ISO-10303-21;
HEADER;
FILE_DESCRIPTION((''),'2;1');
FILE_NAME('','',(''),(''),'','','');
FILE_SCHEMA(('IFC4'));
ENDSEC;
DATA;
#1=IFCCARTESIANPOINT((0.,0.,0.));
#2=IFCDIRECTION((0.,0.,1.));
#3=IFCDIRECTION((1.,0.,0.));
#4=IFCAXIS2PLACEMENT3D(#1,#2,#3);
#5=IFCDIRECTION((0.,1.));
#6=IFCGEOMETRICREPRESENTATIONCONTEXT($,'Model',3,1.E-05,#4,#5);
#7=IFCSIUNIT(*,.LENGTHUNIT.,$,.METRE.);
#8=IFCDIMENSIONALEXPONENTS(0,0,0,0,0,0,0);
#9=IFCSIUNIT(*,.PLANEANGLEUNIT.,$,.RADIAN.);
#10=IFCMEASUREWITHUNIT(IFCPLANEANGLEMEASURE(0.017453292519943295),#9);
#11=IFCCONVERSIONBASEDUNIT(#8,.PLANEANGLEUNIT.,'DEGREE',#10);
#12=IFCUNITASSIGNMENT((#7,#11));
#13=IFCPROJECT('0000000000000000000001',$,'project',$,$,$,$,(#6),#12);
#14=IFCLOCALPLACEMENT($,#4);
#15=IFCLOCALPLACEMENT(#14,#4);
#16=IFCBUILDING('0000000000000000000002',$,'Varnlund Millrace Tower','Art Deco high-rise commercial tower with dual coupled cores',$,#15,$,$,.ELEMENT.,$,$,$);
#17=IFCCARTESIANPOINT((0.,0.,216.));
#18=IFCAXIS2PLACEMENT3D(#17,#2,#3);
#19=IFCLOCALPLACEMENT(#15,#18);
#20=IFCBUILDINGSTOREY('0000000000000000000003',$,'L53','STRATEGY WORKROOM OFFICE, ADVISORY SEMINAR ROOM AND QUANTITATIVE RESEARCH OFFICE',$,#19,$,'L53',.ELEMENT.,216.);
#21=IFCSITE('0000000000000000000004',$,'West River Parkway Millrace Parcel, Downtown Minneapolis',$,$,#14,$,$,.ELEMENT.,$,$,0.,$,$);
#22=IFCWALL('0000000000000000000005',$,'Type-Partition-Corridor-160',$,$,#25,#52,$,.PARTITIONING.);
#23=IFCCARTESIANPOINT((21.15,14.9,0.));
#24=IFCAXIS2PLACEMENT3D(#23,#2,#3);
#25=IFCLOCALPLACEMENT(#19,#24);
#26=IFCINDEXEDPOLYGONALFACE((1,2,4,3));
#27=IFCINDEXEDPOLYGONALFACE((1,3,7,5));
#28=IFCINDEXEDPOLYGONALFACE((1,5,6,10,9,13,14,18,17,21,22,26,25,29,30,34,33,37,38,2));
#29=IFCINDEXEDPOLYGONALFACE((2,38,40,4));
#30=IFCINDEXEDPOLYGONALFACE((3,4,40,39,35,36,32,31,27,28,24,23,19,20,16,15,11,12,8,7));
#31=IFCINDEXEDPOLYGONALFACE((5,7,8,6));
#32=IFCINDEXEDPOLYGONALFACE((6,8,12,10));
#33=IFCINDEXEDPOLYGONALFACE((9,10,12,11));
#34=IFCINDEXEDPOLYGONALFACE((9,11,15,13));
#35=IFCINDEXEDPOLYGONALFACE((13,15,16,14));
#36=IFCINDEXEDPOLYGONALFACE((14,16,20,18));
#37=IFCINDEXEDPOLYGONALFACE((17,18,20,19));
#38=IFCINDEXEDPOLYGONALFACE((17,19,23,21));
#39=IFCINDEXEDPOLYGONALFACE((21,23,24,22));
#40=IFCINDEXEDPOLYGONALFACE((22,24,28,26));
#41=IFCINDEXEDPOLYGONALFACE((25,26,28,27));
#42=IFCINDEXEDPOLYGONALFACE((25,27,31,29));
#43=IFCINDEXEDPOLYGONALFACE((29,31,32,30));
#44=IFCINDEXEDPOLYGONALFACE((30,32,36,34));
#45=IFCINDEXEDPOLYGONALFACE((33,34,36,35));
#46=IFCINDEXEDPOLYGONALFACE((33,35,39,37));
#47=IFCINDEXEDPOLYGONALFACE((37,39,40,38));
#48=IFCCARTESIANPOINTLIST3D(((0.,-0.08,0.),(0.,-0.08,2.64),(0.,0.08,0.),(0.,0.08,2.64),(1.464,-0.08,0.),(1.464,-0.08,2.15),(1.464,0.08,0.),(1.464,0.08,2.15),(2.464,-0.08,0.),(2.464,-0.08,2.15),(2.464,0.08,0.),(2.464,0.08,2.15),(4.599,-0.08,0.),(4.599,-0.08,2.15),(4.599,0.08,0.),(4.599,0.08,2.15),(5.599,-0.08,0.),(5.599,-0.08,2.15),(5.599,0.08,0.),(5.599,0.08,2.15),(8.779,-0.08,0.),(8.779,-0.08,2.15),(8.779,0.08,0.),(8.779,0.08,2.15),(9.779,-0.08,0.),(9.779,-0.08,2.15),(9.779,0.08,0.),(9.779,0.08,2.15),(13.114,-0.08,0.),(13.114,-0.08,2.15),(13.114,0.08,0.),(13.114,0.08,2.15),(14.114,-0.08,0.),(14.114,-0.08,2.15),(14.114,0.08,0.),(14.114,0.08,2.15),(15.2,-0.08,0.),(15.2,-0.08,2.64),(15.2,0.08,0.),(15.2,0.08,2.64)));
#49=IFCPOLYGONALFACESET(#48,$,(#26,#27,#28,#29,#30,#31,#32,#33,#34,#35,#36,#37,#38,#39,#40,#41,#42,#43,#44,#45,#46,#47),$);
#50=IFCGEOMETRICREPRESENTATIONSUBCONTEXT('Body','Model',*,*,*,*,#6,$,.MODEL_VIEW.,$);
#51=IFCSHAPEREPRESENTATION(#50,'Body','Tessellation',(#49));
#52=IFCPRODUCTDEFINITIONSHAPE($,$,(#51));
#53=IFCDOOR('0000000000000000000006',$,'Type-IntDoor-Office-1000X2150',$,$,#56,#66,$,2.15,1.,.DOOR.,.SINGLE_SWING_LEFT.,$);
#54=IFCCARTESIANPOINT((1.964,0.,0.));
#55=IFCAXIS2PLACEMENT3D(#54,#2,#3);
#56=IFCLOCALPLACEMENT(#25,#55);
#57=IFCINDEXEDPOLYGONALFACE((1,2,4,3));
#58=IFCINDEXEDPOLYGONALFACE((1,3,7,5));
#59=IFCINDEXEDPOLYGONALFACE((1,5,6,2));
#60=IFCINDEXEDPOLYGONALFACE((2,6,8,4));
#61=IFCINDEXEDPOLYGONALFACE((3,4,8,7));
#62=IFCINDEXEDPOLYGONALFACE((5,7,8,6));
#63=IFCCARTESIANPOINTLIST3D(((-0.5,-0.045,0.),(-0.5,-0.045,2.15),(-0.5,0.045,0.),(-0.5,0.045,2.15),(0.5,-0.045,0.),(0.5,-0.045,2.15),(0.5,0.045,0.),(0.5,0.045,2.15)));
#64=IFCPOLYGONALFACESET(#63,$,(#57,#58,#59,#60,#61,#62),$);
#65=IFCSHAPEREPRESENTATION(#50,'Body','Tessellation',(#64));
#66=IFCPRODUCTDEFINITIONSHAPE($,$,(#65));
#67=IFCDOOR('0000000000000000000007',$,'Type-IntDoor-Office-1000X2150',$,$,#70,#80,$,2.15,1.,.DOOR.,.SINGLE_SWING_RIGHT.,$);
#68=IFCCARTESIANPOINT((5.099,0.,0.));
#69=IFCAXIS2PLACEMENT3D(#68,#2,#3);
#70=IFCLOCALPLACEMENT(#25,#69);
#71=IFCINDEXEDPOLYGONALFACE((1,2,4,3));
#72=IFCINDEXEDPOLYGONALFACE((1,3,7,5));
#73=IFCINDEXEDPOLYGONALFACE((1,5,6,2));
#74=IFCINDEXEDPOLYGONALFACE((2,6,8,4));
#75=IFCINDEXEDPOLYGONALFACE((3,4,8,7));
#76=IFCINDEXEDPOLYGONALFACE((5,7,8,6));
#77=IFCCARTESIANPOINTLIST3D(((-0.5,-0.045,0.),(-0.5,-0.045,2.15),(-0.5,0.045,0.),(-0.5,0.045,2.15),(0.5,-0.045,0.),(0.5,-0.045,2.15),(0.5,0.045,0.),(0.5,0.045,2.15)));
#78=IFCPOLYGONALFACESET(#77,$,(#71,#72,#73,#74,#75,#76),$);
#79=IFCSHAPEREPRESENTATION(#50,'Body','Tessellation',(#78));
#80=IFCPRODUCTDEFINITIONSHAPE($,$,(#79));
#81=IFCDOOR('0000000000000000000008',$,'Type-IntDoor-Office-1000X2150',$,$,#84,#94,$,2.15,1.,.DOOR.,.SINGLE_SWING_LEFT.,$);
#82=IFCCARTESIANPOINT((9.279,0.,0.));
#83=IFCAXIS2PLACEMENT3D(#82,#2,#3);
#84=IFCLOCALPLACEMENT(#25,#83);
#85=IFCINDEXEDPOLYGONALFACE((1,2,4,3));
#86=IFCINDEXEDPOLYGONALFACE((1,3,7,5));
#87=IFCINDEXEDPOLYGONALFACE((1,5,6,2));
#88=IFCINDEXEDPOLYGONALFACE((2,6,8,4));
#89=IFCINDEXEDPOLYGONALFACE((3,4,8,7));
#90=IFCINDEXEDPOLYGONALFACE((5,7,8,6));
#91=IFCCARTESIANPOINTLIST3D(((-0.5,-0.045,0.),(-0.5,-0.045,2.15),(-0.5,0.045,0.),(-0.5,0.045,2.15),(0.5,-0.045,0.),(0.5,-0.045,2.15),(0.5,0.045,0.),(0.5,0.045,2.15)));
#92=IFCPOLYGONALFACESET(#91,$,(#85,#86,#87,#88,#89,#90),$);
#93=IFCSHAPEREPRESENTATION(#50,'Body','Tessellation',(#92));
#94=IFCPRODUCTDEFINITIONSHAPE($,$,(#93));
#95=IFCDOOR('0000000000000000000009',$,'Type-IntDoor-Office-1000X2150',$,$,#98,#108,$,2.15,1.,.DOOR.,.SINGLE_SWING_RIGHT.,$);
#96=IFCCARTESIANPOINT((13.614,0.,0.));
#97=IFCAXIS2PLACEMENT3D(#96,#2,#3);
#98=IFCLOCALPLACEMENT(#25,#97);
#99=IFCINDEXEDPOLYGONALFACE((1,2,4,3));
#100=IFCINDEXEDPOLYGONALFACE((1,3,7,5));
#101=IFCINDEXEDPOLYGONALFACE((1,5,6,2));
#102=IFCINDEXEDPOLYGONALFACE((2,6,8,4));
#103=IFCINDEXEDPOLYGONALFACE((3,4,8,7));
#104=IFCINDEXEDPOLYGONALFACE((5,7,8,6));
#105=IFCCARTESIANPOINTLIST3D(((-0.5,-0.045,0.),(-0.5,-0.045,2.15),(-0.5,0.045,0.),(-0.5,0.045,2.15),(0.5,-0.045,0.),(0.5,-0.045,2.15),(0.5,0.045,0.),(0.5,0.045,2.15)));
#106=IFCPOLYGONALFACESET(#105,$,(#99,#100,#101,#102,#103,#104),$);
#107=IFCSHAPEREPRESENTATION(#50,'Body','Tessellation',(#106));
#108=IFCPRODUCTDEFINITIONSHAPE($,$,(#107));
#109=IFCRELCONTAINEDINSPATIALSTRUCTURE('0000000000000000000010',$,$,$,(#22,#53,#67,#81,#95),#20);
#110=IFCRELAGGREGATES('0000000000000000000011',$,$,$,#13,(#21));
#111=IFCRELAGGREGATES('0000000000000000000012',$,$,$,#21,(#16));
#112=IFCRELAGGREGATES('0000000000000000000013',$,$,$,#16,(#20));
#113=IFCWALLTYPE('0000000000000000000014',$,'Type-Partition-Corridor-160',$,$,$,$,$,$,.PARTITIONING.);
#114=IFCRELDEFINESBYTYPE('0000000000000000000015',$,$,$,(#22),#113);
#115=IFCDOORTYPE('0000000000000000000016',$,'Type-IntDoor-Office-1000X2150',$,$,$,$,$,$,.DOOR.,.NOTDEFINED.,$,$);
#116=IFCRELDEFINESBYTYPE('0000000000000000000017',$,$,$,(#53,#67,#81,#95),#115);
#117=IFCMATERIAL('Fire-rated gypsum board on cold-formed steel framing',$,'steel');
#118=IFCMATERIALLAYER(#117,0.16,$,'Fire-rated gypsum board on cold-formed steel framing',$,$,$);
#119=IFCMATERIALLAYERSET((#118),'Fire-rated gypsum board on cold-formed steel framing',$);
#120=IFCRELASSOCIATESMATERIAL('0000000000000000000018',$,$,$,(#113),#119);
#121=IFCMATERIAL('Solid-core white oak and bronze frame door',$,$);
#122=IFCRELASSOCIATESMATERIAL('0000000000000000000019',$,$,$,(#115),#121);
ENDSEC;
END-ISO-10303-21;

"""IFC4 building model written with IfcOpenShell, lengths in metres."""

from ifc_helpers import new_model, entity, si_unit, converted_unit, direction, frame, origin_with_axes, origin_2d_with_axis, place, context, subcontext, project, spatial, polyline, rectangle, outline, extrude, material, layer, layer_set, type_object, element, fill, save


model = new_model("IFC4")

# Units and contexts
model_context = context("Model", 3, precision=1e-05, world=origin_with_axes(), true_north=direction((0.0, 1.0)))
body_context = subcontext(model_context, "Body", "Model", "MODEL_VIEW")
ifc_project = project(units=[si_unit("LENGTHUNIT", "METRE"), converted_unit("PLANEANGLEUNIT", "DEGREE", entity("IfcPlaneAngleMeasure", 0.017453292519943295), si_unit("PLANEANGLEUNIT", "RADIAN"), dimensions=[0, 0, 0, 0, 0, 0, 0])], contexts=[model_context])

# Site, building, storey
site_placement = place(None, origin_with_axes())
site = spatial("IfcSite", under=ifc_project, at=site_placement, Name="West River Parkway Millrace Parcel, Downtown Minneapolis", CompositionType="ELEMENT", RefElevation=0.0)
building_placement = place(site_placement, origin_with_axes())
building = spatial("IfcBuilding", under=site, at=building_placement, Name="Varnlund Millrace Tower", Description="Art Deco high-rise commercial tower with dual coupled cores", CompositionType="ELEMENT")
storey_placement = place(building_placement, frame((0.0, 0.0, 216.0), z_axis=(0.0, 0.0, 1.0), x_axis=(1.0, 0.0, 0.0)))
storey = spatial("IfcBuildingStorey", under=building, at=storey_placement, Name="L53", Description="STRATEGY WORKROOM OFFICE, ADVISORY SEMINAR ROOM AND QUANTITATIVE RESEARCH OFFICE", LongName="L53", CompositionType="ELEMENT", Elevation=216.0)

# Wall, openings, doors
ifc_material_1 = material(Name="Fire-rated gypsum board on cold-formed steel framing", Category="steel")
ifc_layer = layer(ifc_material_1, 0.16, Name="Fire-rated gypsum board on cold-formed steel framing")
ifc_layer_set = layer_set([ifc_layer], Name="Fire-rated gypsum board on cold-formed steel framing")
wall_type = type_object("IfcWallType", Name="Type-Partition-Corridor-160", PredefinedType="PARTITIONING", material=ifc_layer_set)
wall_1_placement = place(storey_placement, frame((21.15, 14.9, 0.0), z_axis=(0.0, 0.0, 1.0), x_axis=(1.0, 0.0, 0.0)))
wall_1 = element("IfcWall", 1, at=wall_1_placement, inside=storey, type_object=wall_type, Name="Type-Partition-Corridor-160", PredefinedType="PARTITIONING", context=body_context, shape_type="SweptSolid", body=[
    extrude(outline(polyline([(0.0, -0.08), (15.2, -0.08), (15.2, 0.08), (0.0, 0.08), (0.0, -0.08)])), origin_with_axes(), (0.0, 0.0, 1.0), 2.64),
])
opening_1_placement = place(wall_1_placement, frame((1.964, 0.0, 0.0), z_axis=(0.0, 0.0, 1.0), x_axis=(1.0, 0.0, 0.0)))
opening_1 = element("IfcOpeningElement", 2, at=opening_1_placement, cuts=wall_1, PredefinedType="OPENING", context=body_context, shape_type="SweptSolid", body=[
    extrude(rectangle(XDim=1.0, YDim=0.18, at=origin_2d_with_axis()), origin_with_axes(), (0.0, 0.0, 1.0), 2.15),
])
opening_2_placement = place(wall_1_placement, frame((5.099, 0.0, 0.0), z_axis=(0.0, 0.0, 1.0), x_axis=(1.0, 0.0, 0.0)))
opening_2 = element("IfcOpeningElement", 3, at=opening_2_placement, cuts=wall_1, PredefinedType="OPENING", context=body_context, shape_type="SweptSolid", body=[
    extrude(rectangle(XDim=1.0, YDim=0.18, at=origin_2d_with_axis()), origin_with_axes(), (0.0, 0.0, 1.0), 2.15),
])
opening_3_placement = place(wall_1_placement, frame((9.279, 0.0, 0.0), z_axis=(0.0, 0.0, 1.0), x_axis=(1.0, 0.0, 0.0)))
opening_3 = element("IfcOpeningElement", 4, at=opening_3_placement, cuts=wall_1, PredefinedType="OPENING", context=body_context, shape_type="SweptSolid", body=[
    extrude(rectangle(XDim=1.0, YDim=0.18, at=origin_2d_with_axis()), origin_with_axes(), (0.0, 0.0, 1.0), 2.15),
])
opening_4_placement = place(wall_1_placement, frame((13.614, 0.0, 0.0), z_axis=(0.0, 0.0, 1.0), x_axis=(1.0, 0.0, 0.0)))
opening_4 = element("IfcOpeningElement", 5, at=opening_4_placement, cuts=wall_1, PredefinedType="OPENING", context=body_context, shape_type="SweptSolid", body=[
    extrude(rectangle(XDim=1.0, YDim=0.18, at=origin_2d_with_axis()), origin_with_axes(), (0.0, 0.0, 1.0), 2.15),
])
ifc_material_2 = material(Name="Solid-core white oak and bronze frame door")
door_type = type_object("IfcDoorType", Name="Type-IntDoor-Office-1000X2150", OperationType="NOTDEFINED", PredefinedType="DOOR", material=ifc_material_2)
door_1_placement = place(wall_1_placement, frame((1.964, 0.0, 0.0), z_axis=(0.0, 0.0, 1.0), x_axis=(1.0, 0.0, 0.0)))
door_1 = element("IfcDoor", 6, at=door_1_placement, inside=storey, type_object=door_type, Name="Type-IntDoor-Office-1000X2150", OperationType="SINGLE_SWING_LEFT", OverallHeight=2.15, OverallWidth=1.0, PredefinedType="DOOR", context=body_context, shape_type="SweptSolid", body=[
    extrude(rectangle(XDim=1.0, YDim=0.09, at=origin_2d_with_axis()), origin_with_axes(), (0.0, 0.0, 1.0), 2.15),
])
fill(opening_1, door_1)
door_2_placement = place(wall_1_placement, frame((5.099, 0.0, 0.0), z_axis=(0.0, 0.0, 1.0), x_axis=(1.0, 0.0, 0.0)))
door_2 = element("IfcDoor", 7, at=door_2_placement, inside=storey, type_object=door_type, Name="Type-IntDoor-Office-1000X2150", OperationType="SINGLE_SWING_RIGHT", OverallHeight=2.15, OverallWidth=1.0, PredefinedType="DOOR", context=body_context, shape_type="SweptSolid", body=[
    extrude(rectangle(XDim=1.0, YDim=0.09, at=origin_2d_with_axis()), origin_with_axes(), (0.0, 0.0, 1.0), 2.15),
])
fill(opening_2, door_2)
door_3_placement = place(wall_1_placement, frame((9.279, 0.0, 0.0), z_axis=(0.0, 0.0, 1.0), x_axis=(1.0, 0.0, 0.0)))
door_3 = element("IfcDoor", 8, at=door_3_placement, inside=storey, type_object=door_type, Name="Type-IntDoor-Office-1000X2150", OperationType="SINGLE_SWING_LEFT", OverallHeight=2.15, OverallWidth=1.0, PredefinedType="DOOR", context=body_context, shape_type="SweptSolid", body=[
    extrude(rectangle(XDim=1.0, YDim=0.09, at=origin_2d_with_axis()), origin_with_axes(), (0.0, 0.0, 1.0), 2.15),
])
fill(opening_3, door_3)
door_4_placement = place(wall_1_placement, frame((13.614, 0.0, 0.0), z_axis=(0.0, 0.0, 1.0), x_axis=(1.0, 0.0, 0.0)))
door_4 = element("IfcDoor", 9, at=door_4_placement, inside=storey, type_object=door_type, Name="Type-IntDoor-Office-1000X2150", OperationType="SINGLE_SWING_RIGHT", OverallHeight=2.15, OverallWidth=1.0, PredefinedType="DOOR", context=body_context, shape_type="SweptSolid", body=[
    extrude(rectangle(XDim=1.0, YDim=0.09, at=origin_2d_with_axis()), origin_with_axes(), (0.0, 0.0, 1.0), 2.15),
])
fill(opening_4, door_4)

save(model, "model.ifc")
